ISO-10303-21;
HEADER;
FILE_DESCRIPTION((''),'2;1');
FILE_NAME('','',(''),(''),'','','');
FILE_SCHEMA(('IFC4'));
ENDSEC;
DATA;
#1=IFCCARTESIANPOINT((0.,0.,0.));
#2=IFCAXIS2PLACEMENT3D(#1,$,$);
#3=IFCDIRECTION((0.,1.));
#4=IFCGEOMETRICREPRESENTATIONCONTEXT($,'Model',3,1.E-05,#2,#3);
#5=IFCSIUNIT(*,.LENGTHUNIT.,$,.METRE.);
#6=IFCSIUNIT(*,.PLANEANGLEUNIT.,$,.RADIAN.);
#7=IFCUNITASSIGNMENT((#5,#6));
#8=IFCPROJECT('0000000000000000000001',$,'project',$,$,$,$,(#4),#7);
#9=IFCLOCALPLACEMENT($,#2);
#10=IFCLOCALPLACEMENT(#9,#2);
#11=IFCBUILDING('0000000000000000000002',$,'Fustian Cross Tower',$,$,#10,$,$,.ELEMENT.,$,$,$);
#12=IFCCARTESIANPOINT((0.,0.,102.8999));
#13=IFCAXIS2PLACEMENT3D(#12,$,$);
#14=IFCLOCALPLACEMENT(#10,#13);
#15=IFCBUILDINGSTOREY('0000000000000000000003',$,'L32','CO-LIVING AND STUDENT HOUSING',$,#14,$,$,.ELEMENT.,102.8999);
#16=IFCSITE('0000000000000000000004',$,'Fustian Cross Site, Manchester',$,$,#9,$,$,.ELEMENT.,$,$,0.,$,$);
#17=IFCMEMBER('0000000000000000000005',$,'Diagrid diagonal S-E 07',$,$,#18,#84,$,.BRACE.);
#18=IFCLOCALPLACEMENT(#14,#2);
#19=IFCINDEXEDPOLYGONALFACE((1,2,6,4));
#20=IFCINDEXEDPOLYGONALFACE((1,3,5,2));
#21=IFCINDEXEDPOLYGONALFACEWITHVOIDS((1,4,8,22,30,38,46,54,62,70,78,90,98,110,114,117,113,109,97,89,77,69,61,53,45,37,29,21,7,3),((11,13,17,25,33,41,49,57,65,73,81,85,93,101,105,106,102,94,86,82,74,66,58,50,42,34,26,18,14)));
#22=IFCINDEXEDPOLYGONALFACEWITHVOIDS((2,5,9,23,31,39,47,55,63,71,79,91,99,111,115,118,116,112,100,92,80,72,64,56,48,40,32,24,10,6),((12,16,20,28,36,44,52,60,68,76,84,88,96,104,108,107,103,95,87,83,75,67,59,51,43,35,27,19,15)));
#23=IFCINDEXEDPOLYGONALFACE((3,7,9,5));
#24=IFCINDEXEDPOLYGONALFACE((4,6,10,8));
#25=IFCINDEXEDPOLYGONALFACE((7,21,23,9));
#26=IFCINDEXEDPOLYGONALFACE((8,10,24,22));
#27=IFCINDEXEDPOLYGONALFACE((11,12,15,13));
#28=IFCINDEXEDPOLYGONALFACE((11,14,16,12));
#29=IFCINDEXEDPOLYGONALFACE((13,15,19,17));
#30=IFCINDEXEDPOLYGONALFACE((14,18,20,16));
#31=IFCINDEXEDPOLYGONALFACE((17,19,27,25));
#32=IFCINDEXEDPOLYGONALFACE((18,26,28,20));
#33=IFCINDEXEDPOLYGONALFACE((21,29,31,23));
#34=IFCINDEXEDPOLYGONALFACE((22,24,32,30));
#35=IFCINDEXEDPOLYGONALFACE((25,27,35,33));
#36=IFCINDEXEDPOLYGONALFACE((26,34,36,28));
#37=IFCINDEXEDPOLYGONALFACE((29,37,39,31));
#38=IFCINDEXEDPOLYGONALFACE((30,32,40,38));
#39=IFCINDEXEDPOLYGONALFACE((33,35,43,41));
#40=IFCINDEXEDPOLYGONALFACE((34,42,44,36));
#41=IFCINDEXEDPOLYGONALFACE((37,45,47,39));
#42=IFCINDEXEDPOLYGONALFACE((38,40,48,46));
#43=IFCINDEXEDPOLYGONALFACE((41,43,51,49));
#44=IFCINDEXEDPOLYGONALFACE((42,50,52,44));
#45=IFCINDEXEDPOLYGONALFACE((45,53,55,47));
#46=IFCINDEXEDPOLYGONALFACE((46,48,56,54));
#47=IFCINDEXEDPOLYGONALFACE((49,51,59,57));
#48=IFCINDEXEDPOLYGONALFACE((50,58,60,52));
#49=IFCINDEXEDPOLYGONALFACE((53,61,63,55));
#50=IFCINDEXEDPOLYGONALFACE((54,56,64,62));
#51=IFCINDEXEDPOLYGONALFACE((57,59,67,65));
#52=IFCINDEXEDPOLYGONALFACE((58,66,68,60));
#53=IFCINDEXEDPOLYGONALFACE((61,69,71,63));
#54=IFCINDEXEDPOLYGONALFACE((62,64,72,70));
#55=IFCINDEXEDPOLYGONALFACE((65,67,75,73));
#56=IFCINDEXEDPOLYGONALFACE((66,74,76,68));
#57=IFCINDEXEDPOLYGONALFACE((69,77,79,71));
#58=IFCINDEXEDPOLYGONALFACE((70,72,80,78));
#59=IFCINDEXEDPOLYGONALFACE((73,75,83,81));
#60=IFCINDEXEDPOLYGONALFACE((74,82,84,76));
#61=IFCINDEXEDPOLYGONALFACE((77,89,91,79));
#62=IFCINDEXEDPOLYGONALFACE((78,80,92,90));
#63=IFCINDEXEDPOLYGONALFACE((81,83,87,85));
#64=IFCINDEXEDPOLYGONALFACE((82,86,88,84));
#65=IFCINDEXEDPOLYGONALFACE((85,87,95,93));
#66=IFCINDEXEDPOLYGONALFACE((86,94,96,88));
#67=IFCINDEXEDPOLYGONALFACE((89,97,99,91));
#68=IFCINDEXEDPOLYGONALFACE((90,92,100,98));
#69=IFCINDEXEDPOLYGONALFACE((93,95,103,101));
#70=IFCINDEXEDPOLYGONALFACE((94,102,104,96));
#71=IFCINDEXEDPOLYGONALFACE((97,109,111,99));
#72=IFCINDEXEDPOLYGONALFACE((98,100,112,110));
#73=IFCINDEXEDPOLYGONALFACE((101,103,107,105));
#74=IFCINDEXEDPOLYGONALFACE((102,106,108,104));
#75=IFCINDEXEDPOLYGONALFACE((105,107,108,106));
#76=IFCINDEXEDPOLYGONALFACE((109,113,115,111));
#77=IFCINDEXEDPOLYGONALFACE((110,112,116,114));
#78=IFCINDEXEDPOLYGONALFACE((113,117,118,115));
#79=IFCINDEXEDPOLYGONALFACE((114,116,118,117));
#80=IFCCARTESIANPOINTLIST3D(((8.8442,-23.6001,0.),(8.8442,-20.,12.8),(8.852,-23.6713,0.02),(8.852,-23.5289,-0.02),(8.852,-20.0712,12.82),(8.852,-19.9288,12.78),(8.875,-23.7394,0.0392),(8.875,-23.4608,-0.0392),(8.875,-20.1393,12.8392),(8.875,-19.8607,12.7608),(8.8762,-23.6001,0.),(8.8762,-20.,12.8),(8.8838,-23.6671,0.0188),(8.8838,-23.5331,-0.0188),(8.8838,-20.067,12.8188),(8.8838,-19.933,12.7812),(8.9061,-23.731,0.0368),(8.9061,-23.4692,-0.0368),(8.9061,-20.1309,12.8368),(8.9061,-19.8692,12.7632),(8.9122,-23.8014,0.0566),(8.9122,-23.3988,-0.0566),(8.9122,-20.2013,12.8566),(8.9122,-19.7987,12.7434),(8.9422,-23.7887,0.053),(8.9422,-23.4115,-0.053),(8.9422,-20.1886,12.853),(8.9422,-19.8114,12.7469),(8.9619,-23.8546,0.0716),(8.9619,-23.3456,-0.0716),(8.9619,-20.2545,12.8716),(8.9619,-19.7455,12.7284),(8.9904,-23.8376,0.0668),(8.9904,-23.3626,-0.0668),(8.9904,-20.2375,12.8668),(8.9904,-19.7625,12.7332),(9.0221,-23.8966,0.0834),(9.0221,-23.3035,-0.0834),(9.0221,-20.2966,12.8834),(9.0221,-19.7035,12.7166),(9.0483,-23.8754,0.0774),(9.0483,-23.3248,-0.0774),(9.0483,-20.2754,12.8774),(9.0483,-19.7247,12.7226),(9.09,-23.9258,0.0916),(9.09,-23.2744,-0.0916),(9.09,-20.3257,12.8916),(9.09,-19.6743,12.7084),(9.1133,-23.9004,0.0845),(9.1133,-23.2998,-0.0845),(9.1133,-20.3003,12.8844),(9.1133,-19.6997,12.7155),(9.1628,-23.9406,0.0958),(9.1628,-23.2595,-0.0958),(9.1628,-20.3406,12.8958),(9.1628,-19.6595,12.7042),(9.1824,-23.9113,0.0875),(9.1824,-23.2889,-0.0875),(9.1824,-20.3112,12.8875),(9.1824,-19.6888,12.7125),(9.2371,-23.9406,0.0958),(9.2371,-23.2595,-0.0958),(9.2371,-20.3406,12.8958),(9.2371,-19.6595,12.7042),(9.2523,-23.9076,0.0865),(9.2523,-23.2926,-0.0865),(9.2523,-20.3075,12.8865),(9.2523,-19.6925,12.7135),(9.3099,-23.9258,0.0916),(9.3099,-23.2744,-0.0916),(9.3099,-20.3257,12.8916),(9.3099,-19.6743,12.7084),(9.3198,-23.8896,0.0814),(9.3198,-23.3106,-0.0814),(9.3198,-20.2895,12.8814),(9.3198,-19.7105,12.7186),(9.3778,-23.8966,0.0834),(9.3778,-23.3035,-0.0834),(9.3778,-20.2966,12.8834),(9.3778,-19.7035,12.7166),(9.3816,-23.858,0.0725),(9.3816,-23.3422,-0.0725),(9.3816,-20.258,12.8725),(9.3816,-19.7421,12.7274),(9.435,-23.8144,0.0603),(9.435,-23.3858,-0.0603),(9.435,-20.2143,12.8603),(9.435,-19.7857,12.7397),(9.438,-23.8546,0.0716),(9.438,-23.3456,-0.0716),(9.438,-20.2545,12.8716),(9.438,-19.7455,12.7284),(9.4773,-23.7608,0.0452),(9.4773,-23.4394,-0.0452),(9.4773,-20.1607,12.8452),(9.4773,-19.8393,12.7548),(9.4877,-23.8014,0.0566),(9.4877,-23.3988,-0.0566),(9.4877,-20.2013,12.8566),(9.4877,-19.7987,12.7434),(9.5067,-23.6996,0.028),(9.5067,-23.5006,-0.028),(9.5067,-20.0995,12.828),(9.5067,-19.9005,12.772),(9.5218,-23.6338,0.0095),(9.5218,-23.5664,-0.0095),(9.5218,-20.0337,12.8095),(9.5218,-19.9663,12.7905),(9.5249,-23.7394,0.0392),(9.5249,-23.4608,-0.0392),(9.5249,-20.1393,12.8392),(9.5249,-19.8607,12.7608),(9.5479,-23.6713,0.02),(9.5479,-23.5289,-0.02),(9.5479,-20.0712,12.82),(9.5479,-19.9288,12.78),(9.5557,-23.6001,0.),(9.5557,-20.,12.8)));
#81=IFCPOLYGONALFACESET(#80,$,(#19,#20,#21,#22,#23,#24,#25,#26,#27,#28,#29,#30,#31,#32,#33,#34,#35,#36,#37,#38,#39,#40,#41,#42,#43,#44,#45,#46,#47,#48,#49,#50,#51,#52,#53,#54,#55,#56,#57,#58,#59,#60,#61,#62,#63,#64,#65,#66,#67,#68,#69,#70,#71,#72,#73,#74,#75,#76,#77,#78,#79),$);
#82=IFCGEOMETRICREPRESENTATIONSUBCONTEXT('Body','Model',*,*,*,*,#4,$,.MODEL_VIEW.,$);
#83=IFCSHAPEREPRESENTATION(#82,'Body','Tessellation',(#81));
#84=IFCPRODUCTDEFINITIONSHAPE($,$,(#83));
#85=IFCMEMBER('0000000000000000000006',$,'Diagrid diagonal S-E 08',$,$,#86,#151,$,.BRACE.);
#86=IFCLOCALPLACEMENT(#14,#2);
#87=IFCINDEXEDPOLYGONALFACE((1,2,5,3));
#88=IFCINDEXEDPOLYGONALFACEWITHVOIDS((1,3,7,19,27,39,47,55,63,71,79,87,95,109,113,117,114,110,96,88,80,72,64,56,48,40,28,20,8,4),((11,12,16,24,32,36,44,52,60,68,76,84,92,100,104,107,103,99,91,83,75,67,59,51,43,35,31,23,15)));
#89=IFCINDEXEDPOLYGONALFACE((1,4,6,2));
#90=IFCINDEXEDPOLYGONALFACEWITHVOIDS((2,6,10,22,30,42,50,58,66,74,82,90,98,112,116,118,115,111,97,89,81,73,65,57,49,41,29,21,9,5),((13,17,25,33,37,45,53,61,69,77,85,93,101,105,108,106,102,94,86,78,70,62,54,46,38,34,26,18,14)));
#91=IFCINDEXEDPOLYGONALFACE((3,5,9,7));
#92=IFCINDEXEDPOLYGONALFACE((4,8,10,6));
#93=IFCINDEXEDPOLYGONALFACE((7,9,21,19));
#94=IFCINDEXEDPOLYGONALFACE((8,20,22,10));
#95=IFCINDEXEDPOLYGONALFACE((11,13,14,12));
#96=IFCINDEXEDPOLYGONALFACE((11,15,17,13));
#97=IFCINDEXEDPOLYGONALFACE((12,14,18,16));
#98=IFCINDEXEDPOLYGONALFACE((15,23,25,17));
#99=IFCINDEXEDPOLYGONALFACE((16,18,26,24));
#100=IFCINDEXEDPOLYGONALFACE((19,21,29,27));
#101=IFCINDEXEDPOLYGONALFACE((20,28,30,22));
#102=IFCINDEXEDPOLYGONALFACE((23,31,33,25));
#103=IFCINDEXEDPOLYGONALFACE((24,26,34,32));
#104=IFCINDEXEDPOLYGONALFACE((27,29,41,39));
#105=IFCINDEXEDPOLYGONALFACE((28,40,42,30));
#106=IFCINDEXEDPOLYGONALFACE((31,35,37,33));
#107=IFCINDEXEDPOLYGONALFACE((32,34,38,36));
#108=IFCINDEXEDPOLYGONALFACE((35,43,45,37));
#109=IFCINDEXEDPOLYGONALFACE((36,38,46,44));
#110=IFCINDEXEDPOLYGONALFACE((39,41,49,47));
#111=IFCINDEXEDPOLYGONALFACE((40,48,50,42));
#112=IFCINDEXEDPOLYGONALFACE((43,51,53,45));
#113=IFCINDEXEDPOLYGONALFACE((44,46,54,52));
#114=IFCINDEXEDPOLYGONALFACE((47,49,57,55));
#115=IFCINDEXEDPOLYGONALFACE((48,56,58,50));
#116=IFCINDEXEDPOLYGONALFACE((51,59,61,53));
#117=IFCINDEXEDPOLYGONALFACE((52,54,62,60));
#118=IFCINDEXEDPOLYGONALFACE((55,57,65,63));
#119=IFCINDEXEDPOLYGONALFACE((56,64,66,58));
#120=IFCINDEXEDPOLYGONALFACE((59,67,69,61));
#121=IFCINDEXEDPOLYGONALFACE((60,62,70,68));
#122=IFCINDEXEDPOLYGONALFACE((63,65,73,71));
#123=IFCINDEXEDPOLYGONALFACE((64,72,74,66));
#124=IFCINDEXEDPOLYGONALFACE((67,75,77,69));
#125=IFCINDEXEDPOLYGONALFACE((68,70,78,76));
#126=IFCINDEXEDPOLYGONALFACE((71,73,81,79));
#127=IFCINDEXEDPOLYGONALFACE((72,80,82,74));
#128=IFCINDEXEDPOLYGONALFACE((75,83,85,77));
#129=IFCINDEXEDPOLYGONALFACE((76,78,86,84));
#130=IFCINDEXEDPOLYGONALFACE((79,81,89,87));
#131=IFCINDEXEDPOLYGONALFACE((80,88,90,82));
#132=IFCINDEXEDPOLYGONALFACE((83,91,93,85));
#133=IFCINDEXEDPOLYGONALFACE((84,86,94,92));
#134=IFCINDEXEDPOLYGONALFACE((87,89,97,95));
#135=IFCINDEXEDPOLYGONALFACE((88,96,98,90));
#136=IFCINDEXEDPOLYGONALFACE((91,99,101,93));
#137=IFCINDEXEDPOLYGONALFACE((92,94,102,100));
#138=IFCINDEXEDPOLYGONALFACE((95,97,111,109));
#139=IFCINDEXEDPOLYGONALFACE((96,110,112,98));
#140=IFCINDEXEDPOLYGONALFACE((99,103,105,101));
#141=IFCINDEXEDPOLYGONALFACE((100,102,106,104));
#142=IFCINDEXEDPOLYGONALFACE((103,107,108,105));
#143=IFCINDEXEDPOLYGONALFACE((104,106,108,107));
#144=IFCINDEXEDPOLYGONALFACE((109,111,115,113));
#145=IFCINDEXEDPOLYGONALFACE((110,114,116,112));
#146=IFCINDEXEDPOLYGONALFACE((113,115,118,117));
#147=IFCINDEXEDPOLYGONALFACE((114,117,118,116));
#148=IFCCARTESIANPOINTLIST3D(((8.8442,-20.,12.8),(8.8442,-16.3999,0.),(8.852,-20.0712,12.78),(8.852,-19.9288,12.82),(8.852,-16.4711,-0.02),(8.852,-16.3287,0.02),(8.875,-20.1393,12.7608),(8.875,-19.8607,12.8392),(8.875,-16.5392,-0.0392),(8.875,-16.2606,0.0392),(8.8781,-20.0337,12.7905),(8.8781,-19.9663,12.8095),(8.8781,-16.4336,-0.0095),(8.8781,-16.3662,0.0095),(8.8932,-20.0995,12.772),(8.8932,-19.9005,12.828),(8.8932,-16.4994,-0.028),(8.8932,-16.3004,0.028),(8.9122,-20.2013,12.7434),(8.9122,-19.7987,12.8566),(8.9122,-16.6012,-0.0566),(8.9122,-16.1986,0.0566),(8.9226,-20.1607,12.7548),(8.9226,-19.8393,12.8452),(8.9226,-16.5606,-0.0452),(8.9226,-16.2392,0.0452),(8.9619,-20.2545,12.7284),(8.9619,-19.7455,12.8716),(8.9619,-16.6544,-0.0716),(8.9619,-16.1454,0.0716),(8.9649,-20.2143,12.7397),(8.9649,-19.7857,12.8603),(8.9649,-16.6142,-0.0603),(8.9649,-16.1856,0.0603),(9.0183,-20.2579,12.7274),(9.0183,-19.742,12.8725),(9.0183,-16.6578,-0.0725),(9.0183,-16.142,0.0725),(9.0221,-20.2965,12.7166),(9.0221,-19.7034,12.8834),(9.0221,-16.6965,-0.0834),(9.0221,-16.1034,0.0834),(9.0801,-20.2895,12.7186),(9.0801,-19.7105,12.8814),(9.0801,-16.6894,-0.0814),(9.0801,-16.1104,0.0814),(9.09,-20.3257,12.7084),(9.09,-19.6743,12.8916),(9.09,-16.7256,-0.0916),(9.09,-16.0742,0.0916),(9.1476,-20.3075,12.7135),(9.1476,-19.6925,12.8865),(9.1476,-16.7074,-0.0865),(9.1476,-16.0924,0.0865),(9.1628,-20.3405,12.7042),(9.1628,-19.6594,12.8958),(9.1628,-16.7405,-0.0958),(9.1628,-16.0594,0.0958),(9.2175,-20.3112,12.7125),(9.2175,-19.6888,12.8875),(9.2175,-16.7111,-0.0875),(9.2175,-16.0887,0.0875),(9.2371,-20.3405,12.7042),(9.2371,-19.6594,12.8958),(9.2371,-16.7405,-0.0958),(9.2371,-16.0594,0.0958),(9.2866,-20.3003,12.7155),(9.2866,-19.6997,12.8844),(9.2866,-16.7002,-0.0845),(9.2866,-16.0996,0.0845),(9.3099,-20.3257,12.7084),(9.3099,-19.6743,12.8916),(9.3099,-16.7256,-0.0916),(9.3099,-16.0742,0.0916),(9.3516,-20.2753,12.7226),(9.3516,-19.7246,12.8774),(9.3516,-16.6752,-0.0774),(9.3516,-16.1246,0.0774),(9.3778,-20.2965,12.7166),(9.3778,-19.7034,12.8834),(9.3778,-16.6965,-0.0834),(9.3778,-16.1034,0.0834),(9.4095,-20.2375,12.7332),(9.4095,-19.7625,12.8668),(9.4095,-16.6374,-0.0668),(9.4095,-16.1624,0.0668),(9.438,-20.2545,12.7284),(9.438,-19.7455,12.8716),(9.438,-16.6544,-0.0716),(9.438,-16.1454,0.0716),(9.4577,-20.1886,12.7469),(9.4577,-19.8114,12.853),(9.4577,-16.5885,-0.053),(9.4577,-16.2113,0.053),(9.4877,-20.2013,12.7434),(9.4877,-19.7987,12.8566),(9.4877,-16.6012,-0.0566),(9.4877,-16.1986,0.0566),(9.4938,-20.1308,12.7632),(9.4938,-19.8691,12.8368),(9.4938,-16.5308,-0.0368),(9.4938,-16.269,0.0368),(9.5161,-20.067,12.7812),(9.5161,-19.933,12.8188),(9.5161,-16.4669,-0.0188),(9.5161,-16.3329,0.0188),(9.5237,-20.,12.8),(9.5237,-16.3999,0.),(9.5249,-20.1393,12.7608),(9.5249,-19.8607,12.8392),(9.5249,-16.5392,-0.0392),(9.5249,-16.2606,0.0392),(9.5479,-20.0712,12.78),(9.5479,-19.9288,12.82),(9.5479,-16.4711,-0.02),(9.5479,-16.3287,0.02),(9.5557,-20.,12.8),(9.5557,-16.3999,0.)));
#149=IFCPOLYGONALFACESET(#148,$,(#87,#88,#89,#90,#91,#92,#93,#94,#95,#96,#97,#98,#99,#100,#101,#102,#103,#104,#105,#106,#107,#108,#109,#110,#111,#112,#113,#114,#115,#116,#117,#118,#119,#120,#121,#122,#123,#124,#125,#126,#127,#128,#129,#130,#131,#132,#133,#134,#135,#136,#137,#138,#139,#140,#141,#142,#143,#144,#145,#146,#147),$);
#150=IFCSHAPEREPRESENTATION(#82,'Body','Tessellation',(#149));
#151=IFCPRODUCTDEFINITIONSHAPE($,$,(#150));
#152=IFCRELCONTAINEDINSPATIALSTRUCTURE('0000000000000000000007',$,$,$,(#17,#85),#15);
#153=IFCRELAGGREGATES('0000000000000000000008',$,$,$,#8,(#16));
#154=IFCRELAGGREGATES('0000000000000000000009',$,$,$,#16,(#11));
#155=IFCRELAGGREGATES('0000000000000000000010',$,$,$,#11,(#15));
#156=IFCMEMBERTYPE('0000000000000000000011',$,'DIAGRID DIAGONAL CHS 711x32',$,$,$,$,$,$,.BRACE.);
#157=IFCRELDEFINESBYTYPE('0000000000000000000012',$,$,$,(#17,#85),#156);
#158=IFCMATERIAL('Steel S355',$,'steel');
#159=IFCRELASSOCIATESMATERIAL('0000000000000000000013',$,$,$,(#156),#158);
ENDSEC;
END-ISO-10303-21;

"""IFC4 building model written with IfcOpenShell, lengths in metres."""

from ifc_helpers import new_model, si_unit, direction, frame, origin, origin_2d, place, context, subcontext, project, spatial, hollow_circle, extrude, material, material_profile, profile_set, type_object, element, save


model = new_model("IFC4")

# Units and contexts
model_context = context("Model", 3, precision=1e-05, world=origin(), true_north=direction((0.0, 1.0)))
body_context = subcontext(model_context, "Body", "Model", "MODEL_VIEW")
ifc_project = project(units=[si_unit("LENGTHUNIT", "METRE"), si_unit("PLANEANGLEUNIT", "RADIAN")], contexts=[model_context])

# Site, building, storey
site_placement = place(None, origin())
site = spatial("IfcSite", under=ifc_project, at=site_placement, Name="Fustian Cross Site, Manchester", CompositionType="ELEMENT", RefElevation=0.0)
building_placement = place(site_placement, origin())
building = spatial("IfcBuilding", under=site, at=building_placement, Name="Fustian Cross Tower", CompositionType="ELEMENT")
storey_placement = place(building_placement, frame((0.0, 0.0, 102.8999)))
storey = spatial("IfcBuildingStorey", under=building, at=storey_placement, Name="L32", Description="CO-LIVING AND STUDENT HOUSING", CompositionType="ELEMENT", Elevation=102.8999)

# Members
ifc_material_1 = material(Name="Steel S355", Category="steel")
ifc_material_profile_1 = material_profile(ifc_material_1, hollow_circle(Radius=0.3557, WallThickness=0.032, at=origin_2d()), Name="CHS 711x32")
ifc_profile_set_1 = profile_set([ifc_material_profile_1], Name="Steel S355")
member_type_1 = type_object("IfcMemberType", Name="DIAGRID DIAGONAL CHS 711x32", PredefinedType="BRACE", material=ifc_profile_set_1)
for number, where, z_axis, x_axis, name in (
    (1, (9.2, -23.6001, 0.0), (0.0, 0.270751, 0.962649), (-1.0, 0.0, 0.0), "Diagrid diagonal S-E 07"),
    (2, (9.2, -16.3999, 0.0), (0.0, -0.270751, 0.962649), (1.0, 0.0, 0.0), "Diagrid diagonal S-E 08"),
):
    element("IfcMember", number, at=place(storey_placement, frame(where, z_axis=z_axis, x_axis=x_axis)), inside=storey, type_object=member_type_1, Name=name, PredefinedType="BRACE", context=body_context, shape_type="SweptSolid", body=[
        extrude(hollow_circle(Radius=0.3557, WallThickness=0.032, at=origin_2d()), origin(), (0.0, 0.0, 1.0), 13.2966),
    ])

save(model, "model.ifc")
